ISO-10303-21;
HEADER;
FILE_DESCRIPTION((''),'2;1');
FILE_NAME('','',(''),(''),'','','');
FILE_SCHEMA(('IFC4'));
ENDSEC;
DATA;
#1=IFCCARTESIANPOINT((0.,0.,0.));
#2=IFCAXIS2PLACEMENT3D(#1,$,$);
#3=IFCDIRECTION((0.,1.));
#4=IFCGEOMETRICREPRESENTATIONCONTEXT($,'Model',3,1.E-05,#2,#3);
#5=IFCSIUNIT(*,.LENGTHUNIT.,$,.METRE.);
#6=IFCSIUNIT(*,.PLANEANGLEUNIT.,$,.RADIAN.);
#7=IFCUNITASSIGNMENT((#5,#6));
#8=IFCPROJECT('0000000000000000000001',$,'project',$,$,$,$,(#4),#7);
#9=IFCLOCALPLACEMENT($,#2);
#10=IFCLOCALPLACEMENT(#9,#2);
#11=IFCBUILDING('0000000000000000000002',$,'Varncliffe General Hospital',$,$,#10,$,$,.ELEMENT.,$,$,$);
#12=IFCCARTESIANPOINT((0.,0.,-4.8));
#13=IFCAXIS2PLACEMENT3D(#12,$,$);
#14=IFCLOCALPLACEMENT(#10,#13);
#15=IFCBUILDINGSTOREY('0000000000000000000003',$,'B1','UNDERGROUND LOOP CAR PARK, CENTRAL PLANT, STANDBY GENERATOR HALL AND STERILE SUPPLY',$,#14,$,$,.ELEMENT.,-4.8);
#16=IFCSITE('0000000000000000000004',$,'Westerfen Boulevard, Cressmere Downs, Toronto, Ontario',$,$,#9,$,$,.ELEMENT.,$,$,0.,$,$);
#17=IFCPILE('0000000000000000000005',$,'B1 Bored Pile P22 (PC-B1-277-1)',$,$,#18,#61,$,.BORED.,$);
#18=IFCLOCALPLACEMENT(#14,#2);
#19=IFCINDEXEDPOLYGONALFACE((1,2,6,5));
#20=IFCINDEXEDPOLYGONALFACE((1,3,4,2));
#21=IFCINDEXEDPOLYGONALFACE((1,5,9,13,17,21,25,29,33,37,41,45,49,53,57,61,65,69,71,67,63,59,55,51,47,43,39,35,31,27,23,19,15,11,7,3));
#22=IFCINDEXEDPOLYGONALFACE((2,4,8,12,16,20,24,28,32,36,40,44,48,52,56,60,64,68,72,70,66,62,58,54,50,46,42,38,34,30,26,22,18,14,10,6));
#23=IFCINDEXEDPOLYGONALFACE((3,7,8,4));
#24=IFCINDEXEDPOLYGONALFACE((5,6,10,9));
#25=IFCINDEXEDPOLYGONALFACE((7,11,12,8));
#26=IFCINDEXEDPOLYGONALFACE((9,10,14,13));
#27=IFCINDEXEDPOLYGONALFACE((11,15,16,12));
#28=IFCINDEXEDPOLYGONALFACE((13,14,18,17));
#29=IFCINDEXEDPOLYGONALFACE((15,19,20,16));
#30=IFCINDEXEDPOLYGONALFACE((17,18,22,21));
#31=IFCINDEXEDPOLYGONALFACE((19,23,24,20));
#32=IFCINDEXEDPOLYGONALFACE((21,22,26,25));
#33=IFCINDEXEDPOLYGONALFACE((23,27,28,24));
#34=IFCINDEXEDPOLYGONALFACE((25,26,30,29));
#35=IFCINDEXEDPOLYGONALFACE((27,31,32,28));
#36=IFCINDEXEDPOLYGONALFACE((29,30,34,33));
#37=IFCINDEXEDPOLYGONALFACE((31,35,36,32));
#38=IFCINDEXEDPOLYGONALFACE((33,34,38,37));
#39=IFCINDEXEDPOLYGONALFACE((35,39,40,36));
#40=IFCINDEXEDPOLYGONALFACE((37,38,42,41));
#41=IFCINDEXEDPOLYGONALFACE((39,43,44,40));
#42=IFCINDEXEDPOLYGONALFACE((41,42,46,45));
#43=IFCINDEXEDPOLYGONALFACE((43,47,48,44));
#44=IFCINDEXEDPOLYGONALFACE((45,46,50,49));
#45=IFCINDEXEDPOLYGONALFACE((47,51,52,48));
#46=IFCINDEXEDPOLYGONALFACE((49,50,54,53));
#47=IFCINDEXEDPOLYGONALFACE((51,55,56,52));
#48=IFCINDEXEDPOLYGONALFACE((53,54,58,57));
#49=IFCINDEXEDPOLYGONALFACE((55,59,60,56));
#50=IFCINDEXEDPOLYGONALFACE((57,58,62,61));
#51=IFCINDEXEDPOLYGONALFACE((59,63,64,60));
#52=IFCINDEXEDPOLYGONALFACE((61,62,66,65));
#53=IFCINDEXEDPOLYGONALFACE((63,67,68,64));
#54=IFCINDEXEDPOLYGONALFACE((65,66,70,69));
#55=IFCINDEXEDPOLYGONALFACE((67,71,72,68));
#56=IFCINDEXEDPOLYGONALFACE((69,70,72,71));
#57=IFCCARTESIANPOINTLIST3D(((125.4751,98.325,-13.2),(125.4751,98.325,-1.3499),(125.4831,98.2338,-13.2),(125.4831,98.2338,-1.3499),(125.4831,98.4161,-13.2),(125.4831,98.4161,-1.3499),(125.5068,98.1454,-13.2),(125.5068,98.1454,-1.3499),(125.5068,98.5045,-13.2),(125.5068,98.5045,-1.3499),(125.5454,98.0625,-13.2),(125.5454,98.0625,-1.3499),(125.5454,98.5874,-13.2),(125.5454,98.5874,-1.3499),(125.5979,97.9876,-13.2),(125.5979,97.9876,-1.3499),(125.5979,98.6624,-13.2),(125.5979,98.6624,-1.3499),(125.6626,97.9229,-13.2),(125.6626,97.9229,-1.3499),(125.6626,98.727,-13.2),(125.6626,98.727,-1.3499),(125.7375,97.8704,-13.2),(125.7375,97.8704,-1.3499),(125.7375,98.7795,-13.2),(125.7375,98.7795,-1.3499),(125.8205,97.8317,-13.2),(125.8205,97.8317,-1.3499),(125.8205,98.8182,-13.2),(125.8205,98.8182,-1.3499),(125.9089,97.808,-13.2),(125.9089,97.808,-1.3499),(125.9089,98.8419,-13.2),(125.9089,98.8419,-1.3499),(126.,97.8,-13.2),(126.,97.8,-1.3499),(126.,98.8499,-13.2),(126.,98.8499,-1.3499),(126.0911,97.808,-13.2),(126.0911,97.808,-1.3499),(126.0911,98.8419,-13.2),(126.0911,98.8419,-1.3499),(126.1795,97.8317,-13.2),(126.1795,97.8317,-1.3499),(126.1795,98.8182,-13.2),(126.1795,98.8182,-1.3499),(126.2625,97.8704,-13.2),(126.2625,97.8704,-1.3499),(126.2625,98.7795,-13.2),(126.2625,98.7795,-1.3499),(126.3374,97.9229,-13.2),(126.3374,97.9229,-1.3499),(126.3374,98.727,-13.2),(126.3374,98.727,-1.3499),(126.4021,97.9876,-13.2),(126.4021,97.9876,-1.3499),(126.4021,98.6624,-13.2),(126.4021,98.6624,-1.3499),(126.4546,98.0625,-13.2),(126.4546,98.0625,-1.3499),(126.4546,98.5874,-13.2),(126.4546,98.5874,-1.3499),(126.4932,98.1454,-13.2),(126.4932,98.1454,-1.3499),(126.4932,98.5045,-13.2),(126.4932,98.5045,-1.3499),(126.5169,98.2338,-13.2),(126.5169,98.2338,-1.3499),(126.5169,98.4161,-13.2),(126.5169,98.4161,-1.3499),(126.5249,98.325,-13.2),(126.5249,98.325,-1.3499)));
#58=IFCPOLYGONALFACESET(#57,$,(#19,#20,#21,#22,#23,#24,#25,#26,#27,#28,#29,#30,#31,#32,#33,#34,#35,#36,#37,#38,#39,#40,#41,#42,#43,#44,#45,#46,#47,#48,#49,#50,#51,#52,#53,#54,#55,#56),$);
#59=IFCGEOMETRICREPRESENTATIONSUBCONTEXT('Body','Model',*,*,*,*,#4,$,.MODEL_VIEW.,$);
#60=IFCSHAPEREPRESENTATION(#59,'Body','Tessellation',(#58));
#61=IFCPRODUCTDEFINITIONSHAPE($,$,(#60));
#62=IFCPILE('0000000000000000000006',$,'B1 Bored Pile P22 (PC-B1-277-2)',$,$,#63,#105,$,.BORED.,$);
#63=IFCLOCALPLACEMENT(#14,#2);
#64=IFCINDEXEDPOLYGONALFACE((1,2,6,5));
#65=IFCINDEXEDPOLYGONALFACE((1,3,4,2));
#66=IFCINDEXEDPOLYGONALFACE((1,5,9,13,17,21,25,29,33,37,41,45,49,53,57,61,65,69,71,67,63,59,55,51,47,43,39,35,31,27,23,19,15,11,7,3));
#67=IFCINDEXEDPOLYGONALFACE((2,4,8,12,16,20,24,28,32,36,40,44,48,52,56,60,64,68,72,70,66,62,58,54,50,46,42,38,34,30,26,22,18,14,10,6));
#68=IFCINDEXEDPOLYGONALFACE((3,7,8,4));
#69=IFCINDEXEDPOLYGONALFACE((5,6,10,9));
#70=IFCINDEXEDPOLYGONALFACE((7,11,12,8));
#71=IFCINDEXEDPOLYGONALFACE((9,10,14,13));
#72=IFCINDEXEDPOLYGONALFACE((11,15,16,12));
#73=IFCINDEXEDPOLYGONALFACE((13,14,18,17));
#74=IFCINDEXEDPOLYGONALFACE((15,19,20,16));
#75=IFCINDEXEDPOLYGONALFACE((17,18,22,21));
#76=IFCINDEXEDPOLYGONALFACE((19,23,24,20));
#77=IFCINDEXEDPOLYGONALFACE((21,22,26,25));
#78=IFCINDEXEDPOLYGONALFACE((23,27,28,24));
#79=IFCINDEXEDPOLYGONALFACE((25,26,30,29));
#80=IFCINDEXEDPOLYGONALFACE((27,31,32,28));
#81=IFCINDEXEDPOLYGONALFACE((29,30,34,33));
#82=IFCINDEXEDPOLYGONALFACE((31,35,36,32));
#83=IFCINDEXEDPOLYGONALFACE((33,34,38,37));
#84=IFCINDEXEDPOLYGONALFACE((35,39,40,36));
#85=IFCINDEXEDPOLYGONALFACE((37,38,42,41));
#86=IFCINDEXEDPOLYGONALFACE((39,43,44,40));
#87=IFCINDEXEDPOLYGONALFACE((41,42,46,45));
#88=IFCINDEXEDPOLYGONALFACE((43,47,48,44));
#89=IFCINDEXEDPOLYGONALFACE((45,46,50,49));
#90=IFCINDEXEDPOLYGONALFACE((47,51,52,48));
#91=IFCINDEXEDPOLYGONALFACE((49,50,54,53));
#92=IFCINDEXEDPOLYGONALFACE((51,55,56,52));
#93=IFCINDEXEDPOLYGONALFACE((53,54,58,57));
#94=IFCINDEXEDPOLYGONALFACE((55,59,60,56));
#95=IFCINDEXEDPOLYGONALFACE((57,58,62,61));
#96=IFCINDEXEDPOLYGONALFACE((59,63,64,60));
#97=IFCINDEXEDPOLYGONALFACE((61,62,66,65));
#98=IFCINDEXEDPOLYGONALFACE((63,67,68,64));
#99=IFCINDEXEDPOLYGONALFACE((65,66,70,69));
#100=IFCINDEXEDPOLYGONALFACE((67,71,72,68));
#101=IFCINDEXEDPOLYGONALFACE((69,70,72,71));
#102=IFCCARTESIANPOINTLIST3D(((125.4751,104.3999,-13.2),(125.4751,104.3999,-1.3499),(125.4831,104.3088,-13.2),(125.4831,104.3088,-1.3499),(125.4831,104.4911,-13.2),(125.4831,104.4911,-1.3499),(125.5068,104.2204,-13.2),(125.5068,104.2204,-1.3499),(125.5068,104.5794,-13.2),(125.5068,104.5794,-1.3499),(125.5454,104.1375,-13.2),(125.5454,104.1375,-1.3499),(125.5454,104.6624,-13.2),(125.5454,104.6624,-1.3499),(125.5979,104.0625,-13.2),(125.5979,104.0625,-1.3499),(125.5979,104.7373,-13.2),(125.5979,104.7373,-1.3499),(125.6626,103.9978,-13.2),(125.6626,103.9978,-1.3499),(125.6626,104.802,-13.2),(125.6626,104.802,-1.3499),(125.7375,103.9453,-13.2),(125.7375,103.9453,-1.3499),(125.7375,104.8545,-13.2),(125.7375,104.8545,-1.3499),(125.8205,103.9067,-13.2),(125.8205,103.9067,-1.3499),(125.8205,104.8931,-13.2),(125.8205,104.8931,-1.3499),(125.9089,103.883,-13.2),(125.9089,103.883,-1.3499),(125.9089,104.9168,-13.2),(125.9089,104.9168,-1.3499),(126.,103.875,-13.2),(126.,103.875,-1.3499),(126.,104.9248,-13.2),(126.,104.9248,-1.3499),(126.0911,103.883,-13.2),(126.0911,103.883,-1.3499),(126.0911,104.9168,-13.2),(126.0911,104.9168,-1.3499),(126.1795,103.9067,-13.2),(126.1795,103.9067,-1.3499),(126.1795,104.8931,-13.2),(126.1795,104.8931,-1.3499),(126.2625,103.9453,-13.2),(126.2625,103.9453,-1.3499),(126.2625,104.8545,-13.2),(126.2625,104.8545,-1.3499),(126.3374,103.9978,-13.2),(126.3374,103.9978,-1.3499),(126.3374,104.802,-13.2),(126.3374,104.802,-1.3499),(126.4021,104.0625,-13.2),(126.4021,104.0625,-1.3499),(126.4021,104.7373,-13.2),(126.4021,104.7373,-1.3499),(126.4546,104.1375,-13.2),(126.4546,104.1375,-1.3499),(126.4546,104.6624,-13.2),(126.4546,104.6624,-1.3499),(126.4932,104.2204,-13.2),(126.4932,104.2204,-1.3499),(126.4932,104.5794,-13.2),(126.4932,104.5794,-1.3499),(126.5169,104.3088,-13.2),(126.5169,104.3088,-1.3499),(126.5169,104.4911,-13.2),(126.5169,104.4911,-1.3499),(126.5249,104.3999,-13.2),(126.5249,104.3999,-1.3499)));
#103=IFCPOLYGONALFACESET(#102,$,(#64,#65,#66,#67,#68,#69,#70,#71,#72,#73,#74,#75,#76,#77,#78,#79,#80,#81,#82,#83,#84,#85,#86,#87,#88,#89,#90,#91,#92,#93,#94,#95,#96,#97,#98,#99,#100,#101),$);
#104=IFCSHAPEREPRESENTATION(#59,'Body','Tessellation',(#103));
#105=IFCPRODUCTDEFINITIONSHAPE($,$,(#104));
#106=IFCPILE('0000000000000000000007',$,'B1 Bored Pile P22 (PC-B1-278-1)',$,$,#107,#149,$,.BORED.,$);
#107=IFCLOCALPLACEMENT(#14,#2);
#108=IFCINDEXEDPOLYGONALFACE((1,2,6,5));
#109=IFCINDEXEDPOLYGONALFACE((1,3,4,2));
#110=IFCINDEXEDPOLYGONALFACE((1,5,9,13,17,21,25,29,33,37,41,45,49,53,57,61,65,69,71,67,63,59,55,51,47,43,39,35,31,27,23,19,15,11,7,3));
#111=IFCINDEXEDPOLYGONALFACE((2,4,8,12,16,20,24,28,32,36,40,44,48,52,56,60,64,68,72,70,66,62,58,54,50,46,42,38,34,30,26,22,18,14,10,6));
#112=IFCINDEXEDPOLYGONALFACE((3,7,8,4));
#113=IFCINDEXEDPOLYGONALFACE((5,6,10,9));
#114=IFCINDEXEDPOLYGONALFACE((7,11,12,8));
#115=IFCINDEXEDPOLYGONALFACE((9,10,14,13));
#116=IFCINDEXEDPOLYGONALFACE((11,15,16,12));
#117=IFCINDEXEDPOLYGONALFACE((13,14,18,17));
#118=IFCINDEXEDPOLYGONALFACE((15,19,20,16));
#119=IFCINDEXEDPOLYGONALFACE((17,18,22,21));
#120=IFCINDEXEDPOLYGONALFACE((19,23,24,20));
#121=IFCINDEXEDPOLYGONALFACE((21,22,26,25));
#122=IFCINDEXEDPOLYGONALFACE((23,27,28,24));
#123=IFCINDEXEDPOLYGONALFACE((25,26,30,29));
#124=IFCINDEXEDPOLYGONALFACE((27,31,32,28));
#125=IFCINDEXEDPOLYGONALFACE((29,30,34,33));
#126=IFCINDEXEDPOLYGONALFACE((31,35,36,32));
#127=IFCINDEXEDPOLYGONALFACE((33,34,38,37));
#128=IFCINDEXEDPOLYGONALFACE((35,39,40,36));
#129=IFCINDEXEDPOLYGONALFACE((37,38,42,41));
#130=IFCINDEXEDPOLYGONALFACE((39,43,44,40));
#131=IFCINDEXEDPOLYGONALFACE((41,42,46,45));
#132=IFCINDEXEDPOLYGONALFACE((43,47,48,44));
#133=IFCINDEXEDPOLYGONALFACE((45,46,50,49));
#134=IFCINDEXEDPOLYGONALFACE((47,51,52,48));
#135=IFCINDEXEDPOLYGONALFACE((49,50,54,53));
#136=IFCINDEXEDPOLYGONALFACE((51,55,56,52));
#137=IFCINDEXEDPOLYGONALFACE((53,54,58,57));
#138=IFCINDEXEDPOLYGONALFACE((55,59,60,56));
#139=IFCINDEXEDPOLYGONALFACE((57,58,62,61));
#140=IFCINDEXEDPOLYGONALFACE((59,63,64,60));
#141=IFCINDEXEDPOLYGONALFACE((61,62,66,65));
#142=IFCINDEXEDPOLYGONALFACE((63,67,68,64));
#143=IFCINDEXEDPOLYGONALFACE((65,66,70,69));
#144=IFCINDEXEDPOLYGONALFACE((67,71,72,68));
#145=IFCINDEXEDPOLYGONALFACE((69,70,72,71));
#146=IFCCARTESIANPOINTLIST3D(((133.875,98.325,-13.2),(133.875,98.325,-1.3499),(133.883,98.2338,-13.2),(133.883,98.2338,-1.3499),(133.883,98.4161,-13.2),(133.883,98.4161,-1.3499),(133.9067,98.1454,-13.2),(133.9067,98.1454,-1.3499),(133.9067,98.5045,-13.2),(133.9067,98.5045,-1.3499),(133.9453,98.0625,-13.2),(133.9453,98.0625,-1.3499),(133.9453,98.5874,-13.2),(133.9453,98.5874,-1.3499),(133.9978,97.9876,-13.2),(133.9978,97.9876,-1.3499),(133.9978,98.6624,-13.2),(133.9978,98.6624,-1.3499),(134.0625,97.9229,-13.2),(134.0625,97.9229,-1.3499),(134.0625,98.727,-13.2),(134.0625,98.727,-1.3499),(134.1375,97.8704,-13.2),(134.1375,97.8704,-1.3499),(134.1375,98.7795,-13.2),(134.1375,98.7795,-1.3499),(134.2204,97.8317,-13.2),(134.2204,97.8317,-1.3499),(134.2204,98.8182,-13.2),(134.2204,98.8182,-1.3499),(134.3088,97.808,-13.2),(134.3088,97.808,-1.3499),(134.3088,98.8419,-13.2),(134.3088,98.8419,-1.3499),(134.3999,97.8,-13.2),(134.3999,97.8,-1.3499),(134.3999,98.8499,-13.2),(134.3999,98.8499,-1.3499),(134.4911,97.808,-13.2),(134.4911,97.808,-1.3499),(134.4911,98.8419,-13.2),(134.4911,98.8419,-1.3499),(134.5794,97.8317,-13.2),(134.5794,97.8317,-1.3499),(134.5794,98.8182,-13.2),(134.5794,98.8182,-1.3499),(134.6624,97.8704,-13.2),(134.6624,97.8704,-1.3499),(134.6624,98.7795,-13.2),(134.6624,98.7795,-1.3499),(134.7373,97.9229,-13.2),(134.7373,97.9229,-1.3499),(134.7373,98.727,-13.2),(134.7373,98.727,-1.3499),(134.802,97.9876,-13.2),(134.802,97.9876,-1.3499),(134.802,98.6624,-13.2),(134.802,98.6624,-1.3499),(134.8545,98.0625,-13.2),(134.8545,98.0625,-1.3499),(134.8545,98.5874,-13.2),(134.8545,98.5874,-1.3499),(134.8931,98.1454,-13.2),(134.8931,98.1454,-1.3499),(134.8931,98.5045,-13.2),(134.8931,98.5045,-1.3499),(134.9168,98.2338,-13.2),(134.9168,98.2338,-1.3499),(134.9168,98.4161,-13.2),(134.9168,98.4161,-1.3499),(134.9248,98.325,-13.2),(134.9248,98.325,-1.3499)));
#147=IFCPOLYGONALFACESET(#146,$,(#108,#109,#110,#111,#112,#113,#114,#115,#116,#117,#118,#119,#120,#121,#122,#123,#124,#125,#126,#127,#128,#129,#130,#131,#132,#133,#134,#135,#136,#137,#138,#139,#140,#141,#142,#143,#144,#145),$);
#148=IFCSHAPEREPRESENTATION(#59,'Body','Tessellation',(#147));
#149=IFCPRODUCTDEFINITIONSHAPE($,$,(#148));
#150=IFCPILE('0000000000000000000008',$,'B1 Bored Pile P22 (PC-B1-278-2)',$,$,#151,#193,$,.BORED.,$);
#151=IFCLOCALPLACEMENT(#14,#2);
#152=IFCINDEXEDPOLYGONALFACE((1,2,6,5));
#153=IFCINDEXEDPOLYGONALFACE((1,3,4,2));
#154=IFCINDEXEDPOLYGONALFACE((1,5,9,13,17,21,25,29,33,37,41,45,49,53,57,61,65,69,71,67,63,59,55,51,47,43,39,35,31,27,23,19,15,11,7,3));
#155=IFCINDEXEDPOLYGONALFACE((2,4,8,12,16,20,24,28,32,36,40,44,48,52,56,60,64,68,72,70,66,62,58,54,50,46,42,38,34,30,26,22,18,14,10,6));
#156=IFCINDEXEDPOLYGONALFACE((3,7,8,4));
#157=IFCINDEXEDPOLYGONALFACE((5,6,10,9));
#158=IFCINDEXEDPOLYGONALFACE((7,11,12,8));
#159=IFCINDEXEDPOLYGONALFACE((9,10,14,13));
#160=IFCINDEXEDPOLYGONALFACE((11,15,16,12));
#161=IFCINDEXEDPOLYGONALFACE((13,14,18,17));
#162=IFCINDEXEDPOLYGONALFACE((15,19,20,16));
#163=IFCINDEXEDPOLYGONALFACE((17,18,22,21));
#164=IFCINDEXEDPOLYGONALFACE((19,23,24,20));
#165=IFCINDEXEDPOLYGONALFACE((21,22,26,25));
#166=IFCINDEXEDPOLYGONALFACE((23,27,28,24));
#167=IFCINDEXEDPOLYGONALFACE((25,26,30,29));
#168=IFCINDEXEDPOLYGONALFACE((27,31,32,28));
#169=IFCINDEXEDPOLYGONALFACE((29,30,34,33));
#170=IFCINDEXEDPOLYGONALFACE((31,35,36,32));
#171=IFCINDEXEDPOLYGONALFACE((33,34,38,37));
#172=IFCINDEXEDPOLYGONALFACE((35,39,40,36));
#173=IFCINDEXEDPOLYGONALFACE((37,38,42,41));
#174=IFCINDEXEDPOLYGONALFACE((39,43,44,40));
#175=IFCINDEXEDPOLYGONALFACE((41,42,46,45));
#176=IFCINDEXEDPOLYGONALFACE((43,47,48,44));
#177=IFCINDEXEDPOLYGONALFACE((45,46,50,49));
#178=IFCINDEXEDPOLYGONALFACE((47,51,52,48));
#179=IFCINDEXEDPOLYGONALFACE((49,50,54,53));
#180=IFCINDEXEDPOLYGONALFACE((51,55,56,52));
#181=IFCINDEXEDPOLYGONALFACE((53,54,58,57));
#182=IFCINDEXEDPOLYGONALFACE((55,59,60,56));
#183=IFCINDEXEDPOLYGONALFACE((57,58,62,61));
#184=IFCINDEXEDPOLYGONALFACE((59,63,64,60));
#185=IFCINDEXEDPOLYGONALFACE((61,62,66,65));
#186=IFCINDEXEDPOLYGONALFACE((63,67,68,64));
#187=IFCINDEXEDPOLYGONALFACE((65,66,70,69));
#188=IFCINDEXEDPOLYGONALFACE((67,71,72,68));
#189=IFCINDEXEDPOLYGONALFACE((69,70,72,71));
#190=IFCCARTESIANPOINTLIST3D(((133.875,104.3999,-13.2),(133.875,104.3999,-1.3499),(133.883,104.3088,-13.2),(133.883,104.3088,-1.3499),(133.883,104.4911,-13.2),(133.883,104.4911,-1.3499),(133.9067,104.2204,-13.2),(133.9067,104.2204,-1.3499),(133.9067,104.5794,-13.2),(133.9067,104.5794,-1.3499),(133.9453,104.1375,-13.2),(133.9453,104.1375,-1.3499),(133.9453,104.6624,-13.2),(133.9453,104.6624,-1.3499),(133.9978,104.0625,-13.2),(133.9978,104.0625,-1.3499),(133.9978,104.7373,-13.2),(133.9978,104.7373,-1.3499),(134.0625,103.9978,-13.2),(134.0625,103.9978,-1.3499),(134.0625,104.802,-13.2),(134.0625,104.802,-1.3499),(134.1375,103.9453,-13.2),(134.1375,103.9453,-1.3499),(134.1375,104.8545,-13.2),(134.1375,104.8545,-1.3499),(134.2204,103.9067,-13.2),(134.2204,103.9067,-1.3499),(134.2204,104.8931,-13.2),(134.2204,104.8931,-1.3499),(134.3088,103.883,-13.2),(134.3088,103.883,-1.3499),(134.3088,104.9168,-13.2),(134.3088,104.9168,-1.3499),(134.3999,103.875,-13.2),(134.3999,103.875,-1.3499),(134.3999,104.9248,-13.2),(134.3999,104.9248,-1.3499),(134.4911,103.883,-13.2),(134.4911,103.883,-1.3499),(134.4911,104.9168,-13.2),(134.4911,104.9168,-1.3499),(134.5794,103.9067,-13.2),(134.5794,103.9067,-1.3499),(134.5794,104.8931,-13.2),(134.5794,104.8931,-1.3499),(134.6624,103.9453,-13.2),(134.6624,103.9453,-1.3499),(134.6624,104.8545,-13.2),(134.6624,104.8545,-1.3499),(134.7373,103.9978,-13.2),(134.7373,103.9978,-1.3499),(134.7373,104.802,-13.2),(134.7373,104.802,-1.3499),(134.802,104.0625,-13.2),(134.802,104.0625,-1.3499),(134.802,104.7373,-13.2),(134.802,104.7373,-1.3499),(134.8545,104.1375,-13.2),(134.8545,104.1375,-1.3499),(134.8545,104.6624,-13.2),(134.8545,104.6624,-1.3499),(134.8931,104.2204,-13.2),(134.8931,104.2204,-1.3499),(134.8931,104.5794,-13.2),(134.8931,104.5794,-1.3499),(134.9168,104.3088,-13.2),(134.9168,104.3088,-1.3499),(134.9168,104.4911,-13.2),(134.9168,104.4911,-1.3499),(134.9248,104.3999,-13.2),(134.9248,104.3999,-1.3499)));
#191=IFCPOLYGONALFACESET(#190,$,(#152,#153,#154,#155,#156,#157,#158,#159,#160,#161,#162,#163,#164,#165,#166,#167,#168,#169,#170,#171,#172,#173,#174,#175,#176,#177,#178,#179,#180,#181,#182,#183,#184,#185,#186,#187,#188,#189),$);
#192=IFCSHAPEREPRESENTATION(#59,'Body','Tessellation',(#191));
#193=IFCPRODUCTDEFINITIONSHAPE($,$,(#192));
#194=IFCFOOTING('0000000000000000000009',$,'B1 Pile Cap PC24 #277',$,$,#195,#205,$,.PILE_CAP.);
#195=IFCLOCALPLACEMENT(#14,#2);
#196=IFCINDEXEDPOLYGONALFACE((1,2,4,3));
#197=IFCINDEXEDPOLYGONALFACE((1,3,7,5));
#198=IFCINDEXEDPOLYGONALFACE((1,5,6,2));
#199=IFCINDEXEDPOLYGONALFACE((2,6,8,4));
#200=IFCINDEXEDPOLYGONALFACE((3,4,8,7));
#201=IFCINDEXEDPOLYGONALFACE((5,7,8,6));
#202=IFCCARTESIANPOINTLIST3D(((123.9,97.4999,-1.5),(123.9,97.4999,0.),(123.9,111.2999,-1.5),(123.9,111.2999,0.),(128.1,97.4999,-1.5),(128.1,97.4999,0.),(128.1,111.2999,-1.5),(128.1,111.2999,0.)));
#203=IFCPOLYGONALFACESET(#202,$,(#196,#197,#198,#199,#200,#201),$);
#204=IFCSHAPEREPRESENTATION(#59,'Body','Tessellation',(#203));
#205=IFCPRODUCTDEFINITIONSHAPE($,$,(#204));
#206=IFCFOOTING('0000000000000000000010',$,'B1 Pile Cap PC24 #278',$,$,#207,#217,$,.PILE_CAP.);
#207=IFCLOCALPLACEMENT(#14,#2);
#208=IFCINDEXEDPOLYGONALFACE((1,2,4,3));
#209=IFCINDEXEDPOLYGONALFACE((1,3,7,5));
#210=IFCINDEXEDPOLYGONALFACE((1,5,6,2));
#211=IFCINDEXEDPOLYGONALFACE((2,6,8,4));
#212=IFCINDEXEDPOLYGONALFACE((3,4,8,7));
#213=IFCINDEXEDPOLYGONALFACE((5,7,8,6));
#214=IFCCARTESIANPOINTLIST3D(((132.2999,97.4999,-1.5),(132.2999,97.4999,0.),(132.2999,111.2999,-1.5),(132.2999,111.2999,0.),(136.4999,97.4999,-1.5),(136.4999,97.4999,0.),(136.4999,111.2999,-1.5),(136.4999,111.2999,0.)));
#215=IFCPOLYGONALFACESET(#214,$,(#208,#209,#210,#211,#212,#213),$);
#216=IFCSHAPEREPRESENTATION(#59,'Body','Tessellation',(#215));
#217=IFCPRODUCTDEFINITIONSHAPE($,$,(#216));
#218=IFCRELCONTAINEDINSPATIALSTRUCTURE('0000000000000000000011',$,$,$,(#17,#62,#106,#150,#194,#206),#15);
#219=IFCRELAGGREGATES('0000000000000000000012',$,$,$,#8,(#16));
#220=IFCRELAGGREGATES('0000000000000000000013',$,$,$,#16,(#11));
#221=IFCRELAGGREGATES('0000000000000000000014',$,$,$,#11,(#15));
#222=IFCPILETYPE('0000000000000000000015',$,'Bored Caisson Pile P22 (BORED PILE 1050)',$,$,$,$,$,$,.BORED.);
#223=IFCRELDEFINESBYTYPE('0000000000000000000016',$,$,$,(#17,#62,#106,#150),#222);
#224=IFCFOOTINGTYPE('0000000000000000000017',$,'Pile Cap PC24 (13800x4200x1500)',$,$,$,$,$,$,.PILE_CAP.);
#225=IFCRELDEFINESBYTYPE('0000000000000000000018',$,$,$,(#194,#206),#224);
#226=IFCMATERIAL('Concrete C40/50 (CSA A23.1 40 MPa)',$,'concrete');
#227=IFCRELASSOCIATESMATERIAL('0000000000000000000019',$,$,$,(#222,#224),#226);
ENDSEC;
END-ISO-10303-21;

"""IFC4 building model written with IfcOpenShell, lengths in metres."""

from ifc_helpers import new_model, si_unit, direction, frame, origin, origin_2d, place, context, subcontext, project, spatial, rectangle, circle, extrude, material, material_profile, profile_set, type_object, element, save


model = new_model("IFC4")

# Units and contexts
model_context = context("Model", 3, precision=1e-05, world=origin(), true_north=direction((0.0, 1.0)))
body_context = subcontext(model_context, "Body", "Model", "MODEL_VIEW")
ifc_project = project(units=[si_unit("LENGTHUNIT", "METRE"), si_unit("PLANEANGLEUNIT", "RADIAN")], contexts=[model_context])

# Site, building, storey
site_placement = place(None, origin())
site = spatial("IfcSite", under=ifc_project, at=site_placement, Name="Westerfen Boulevard, Cressmere Downs, Toronto, Ontario", CompositionType="ELEMENT", RefElevation=0.0)
building_placement = place(site_placement, origin())
building = spatial("IfcBuilding", under=site, at=building_placement, Name="Varncliffe General Hospital", CompositionType="ELEMENT")
storey_placement = place(building_placement, frame((0.0, 0.0, -4.8)))
storey = spatial("IfcBuildingStorey", under=building, at=storey_placement, Name="B1", Description="UNDERGROUND LOOP CAR PARK, CENTRAL PLANT, STANDBY GENERATOR HALL AND STERILE SUPPLY", CompositionType="ELEMENT", Elevation=-4.8)

# Piles
ifc_material_1 = material(Name="Concrete C40/50 (CSA A23.1 40 MPa)", Category="concrete")
ifc_material_profile_1 = material_profile(ifc_material_1, circle(Radius=0.5249, at=origin_2d()), Name="BORED PILE 1050")
ifc_profile_set_1 = profile_set([ifc_material_profile_1], Name="Concrete C40/50 (CSA A23.1 40 MPa)")
pile_type = type_object("IfcPileType", Name="Bored Caisson Pile P22 (BORED PILE 1050)", PredefinedType="BORED", material=ifc_profile_set_1)
for number, where, z_axis, x_axis, name in (
    (1, (126.0, 98.325, -1.3499), (0.0, 0.0, -1.0), (1.0, 0.0, 0.0), "B1 Bored Pile P22 (PC-B1-277-1)"),
    (2, (126.0, 104.3999, -1.3499), (0.0, 0.0, -1.0), (1.0, 0.0, 0.0), "B1 Bored Pile P22 (PC-B1-277-2)"),
    (3, (134.3999, 98.325, -1.3499), (0.0, 0.0, -1.0), (1.0, 0.0, 0.0), "B1 Bored Pile P22 (PC-B1-278-1)"),
    (4, (134.3999, 104.3999, -1.3499), (0.0, 0.0, -1.0), (1.0, 0.0, 0.0), "B1 Bored Pile P22 (PC-B1-278-2)"),
):
    element("IfcPile", number, at=place(storey_placement, frame(where, z_axis=z_axis, x_axis=x_axis)), inside=storey, type_object=pile_type, Name=name, PredefinedType="BORED", context=body_context, shape_type="SweptSolid", body=[
        extrude(circle(Radius=0.5249, at=origin_2d()), origin(), (0.0, 0.0, 1.0), 11.8501),
    ])

# Footings
footing_type_1 = type_object("IfcFootingType", Name="Pile Cap PC24 (13800x4200x1500)", PredefinedType="PILE_CAP", material=ifc_material_1)
for number, where, z_axis, x_axis, name in (
    (5, (126.0, 104.3999, -1.5), (0.0, 0.0, 1.0), (1.0, 0.0, 0.0), "B1 Pile Cap PC24 #277"),
    (6, (134.3999, 104.3999, -1.5), (0.0, 0.0, 1.0), (1.0, 0.0, 0.0), "B1 Pile Cap PC24 #278"),
):
    element("IfcFooting", number, at=place(storey_placement, frame(where, z_axis=z_axis, x_axis=x_axis)), inside=storey, type_object=footing_type_1, Name=name, PredefinedType="PILE_CAP", context=body_context, shape_type="SweptSolid", body=[
        extrude(rectangle(XDim=4.2, YDim=13.8, at=origin_2d()), origin(), (0.0, 0.0, 1.0), 1.5),
    ])

save(model, "model.ifc")
